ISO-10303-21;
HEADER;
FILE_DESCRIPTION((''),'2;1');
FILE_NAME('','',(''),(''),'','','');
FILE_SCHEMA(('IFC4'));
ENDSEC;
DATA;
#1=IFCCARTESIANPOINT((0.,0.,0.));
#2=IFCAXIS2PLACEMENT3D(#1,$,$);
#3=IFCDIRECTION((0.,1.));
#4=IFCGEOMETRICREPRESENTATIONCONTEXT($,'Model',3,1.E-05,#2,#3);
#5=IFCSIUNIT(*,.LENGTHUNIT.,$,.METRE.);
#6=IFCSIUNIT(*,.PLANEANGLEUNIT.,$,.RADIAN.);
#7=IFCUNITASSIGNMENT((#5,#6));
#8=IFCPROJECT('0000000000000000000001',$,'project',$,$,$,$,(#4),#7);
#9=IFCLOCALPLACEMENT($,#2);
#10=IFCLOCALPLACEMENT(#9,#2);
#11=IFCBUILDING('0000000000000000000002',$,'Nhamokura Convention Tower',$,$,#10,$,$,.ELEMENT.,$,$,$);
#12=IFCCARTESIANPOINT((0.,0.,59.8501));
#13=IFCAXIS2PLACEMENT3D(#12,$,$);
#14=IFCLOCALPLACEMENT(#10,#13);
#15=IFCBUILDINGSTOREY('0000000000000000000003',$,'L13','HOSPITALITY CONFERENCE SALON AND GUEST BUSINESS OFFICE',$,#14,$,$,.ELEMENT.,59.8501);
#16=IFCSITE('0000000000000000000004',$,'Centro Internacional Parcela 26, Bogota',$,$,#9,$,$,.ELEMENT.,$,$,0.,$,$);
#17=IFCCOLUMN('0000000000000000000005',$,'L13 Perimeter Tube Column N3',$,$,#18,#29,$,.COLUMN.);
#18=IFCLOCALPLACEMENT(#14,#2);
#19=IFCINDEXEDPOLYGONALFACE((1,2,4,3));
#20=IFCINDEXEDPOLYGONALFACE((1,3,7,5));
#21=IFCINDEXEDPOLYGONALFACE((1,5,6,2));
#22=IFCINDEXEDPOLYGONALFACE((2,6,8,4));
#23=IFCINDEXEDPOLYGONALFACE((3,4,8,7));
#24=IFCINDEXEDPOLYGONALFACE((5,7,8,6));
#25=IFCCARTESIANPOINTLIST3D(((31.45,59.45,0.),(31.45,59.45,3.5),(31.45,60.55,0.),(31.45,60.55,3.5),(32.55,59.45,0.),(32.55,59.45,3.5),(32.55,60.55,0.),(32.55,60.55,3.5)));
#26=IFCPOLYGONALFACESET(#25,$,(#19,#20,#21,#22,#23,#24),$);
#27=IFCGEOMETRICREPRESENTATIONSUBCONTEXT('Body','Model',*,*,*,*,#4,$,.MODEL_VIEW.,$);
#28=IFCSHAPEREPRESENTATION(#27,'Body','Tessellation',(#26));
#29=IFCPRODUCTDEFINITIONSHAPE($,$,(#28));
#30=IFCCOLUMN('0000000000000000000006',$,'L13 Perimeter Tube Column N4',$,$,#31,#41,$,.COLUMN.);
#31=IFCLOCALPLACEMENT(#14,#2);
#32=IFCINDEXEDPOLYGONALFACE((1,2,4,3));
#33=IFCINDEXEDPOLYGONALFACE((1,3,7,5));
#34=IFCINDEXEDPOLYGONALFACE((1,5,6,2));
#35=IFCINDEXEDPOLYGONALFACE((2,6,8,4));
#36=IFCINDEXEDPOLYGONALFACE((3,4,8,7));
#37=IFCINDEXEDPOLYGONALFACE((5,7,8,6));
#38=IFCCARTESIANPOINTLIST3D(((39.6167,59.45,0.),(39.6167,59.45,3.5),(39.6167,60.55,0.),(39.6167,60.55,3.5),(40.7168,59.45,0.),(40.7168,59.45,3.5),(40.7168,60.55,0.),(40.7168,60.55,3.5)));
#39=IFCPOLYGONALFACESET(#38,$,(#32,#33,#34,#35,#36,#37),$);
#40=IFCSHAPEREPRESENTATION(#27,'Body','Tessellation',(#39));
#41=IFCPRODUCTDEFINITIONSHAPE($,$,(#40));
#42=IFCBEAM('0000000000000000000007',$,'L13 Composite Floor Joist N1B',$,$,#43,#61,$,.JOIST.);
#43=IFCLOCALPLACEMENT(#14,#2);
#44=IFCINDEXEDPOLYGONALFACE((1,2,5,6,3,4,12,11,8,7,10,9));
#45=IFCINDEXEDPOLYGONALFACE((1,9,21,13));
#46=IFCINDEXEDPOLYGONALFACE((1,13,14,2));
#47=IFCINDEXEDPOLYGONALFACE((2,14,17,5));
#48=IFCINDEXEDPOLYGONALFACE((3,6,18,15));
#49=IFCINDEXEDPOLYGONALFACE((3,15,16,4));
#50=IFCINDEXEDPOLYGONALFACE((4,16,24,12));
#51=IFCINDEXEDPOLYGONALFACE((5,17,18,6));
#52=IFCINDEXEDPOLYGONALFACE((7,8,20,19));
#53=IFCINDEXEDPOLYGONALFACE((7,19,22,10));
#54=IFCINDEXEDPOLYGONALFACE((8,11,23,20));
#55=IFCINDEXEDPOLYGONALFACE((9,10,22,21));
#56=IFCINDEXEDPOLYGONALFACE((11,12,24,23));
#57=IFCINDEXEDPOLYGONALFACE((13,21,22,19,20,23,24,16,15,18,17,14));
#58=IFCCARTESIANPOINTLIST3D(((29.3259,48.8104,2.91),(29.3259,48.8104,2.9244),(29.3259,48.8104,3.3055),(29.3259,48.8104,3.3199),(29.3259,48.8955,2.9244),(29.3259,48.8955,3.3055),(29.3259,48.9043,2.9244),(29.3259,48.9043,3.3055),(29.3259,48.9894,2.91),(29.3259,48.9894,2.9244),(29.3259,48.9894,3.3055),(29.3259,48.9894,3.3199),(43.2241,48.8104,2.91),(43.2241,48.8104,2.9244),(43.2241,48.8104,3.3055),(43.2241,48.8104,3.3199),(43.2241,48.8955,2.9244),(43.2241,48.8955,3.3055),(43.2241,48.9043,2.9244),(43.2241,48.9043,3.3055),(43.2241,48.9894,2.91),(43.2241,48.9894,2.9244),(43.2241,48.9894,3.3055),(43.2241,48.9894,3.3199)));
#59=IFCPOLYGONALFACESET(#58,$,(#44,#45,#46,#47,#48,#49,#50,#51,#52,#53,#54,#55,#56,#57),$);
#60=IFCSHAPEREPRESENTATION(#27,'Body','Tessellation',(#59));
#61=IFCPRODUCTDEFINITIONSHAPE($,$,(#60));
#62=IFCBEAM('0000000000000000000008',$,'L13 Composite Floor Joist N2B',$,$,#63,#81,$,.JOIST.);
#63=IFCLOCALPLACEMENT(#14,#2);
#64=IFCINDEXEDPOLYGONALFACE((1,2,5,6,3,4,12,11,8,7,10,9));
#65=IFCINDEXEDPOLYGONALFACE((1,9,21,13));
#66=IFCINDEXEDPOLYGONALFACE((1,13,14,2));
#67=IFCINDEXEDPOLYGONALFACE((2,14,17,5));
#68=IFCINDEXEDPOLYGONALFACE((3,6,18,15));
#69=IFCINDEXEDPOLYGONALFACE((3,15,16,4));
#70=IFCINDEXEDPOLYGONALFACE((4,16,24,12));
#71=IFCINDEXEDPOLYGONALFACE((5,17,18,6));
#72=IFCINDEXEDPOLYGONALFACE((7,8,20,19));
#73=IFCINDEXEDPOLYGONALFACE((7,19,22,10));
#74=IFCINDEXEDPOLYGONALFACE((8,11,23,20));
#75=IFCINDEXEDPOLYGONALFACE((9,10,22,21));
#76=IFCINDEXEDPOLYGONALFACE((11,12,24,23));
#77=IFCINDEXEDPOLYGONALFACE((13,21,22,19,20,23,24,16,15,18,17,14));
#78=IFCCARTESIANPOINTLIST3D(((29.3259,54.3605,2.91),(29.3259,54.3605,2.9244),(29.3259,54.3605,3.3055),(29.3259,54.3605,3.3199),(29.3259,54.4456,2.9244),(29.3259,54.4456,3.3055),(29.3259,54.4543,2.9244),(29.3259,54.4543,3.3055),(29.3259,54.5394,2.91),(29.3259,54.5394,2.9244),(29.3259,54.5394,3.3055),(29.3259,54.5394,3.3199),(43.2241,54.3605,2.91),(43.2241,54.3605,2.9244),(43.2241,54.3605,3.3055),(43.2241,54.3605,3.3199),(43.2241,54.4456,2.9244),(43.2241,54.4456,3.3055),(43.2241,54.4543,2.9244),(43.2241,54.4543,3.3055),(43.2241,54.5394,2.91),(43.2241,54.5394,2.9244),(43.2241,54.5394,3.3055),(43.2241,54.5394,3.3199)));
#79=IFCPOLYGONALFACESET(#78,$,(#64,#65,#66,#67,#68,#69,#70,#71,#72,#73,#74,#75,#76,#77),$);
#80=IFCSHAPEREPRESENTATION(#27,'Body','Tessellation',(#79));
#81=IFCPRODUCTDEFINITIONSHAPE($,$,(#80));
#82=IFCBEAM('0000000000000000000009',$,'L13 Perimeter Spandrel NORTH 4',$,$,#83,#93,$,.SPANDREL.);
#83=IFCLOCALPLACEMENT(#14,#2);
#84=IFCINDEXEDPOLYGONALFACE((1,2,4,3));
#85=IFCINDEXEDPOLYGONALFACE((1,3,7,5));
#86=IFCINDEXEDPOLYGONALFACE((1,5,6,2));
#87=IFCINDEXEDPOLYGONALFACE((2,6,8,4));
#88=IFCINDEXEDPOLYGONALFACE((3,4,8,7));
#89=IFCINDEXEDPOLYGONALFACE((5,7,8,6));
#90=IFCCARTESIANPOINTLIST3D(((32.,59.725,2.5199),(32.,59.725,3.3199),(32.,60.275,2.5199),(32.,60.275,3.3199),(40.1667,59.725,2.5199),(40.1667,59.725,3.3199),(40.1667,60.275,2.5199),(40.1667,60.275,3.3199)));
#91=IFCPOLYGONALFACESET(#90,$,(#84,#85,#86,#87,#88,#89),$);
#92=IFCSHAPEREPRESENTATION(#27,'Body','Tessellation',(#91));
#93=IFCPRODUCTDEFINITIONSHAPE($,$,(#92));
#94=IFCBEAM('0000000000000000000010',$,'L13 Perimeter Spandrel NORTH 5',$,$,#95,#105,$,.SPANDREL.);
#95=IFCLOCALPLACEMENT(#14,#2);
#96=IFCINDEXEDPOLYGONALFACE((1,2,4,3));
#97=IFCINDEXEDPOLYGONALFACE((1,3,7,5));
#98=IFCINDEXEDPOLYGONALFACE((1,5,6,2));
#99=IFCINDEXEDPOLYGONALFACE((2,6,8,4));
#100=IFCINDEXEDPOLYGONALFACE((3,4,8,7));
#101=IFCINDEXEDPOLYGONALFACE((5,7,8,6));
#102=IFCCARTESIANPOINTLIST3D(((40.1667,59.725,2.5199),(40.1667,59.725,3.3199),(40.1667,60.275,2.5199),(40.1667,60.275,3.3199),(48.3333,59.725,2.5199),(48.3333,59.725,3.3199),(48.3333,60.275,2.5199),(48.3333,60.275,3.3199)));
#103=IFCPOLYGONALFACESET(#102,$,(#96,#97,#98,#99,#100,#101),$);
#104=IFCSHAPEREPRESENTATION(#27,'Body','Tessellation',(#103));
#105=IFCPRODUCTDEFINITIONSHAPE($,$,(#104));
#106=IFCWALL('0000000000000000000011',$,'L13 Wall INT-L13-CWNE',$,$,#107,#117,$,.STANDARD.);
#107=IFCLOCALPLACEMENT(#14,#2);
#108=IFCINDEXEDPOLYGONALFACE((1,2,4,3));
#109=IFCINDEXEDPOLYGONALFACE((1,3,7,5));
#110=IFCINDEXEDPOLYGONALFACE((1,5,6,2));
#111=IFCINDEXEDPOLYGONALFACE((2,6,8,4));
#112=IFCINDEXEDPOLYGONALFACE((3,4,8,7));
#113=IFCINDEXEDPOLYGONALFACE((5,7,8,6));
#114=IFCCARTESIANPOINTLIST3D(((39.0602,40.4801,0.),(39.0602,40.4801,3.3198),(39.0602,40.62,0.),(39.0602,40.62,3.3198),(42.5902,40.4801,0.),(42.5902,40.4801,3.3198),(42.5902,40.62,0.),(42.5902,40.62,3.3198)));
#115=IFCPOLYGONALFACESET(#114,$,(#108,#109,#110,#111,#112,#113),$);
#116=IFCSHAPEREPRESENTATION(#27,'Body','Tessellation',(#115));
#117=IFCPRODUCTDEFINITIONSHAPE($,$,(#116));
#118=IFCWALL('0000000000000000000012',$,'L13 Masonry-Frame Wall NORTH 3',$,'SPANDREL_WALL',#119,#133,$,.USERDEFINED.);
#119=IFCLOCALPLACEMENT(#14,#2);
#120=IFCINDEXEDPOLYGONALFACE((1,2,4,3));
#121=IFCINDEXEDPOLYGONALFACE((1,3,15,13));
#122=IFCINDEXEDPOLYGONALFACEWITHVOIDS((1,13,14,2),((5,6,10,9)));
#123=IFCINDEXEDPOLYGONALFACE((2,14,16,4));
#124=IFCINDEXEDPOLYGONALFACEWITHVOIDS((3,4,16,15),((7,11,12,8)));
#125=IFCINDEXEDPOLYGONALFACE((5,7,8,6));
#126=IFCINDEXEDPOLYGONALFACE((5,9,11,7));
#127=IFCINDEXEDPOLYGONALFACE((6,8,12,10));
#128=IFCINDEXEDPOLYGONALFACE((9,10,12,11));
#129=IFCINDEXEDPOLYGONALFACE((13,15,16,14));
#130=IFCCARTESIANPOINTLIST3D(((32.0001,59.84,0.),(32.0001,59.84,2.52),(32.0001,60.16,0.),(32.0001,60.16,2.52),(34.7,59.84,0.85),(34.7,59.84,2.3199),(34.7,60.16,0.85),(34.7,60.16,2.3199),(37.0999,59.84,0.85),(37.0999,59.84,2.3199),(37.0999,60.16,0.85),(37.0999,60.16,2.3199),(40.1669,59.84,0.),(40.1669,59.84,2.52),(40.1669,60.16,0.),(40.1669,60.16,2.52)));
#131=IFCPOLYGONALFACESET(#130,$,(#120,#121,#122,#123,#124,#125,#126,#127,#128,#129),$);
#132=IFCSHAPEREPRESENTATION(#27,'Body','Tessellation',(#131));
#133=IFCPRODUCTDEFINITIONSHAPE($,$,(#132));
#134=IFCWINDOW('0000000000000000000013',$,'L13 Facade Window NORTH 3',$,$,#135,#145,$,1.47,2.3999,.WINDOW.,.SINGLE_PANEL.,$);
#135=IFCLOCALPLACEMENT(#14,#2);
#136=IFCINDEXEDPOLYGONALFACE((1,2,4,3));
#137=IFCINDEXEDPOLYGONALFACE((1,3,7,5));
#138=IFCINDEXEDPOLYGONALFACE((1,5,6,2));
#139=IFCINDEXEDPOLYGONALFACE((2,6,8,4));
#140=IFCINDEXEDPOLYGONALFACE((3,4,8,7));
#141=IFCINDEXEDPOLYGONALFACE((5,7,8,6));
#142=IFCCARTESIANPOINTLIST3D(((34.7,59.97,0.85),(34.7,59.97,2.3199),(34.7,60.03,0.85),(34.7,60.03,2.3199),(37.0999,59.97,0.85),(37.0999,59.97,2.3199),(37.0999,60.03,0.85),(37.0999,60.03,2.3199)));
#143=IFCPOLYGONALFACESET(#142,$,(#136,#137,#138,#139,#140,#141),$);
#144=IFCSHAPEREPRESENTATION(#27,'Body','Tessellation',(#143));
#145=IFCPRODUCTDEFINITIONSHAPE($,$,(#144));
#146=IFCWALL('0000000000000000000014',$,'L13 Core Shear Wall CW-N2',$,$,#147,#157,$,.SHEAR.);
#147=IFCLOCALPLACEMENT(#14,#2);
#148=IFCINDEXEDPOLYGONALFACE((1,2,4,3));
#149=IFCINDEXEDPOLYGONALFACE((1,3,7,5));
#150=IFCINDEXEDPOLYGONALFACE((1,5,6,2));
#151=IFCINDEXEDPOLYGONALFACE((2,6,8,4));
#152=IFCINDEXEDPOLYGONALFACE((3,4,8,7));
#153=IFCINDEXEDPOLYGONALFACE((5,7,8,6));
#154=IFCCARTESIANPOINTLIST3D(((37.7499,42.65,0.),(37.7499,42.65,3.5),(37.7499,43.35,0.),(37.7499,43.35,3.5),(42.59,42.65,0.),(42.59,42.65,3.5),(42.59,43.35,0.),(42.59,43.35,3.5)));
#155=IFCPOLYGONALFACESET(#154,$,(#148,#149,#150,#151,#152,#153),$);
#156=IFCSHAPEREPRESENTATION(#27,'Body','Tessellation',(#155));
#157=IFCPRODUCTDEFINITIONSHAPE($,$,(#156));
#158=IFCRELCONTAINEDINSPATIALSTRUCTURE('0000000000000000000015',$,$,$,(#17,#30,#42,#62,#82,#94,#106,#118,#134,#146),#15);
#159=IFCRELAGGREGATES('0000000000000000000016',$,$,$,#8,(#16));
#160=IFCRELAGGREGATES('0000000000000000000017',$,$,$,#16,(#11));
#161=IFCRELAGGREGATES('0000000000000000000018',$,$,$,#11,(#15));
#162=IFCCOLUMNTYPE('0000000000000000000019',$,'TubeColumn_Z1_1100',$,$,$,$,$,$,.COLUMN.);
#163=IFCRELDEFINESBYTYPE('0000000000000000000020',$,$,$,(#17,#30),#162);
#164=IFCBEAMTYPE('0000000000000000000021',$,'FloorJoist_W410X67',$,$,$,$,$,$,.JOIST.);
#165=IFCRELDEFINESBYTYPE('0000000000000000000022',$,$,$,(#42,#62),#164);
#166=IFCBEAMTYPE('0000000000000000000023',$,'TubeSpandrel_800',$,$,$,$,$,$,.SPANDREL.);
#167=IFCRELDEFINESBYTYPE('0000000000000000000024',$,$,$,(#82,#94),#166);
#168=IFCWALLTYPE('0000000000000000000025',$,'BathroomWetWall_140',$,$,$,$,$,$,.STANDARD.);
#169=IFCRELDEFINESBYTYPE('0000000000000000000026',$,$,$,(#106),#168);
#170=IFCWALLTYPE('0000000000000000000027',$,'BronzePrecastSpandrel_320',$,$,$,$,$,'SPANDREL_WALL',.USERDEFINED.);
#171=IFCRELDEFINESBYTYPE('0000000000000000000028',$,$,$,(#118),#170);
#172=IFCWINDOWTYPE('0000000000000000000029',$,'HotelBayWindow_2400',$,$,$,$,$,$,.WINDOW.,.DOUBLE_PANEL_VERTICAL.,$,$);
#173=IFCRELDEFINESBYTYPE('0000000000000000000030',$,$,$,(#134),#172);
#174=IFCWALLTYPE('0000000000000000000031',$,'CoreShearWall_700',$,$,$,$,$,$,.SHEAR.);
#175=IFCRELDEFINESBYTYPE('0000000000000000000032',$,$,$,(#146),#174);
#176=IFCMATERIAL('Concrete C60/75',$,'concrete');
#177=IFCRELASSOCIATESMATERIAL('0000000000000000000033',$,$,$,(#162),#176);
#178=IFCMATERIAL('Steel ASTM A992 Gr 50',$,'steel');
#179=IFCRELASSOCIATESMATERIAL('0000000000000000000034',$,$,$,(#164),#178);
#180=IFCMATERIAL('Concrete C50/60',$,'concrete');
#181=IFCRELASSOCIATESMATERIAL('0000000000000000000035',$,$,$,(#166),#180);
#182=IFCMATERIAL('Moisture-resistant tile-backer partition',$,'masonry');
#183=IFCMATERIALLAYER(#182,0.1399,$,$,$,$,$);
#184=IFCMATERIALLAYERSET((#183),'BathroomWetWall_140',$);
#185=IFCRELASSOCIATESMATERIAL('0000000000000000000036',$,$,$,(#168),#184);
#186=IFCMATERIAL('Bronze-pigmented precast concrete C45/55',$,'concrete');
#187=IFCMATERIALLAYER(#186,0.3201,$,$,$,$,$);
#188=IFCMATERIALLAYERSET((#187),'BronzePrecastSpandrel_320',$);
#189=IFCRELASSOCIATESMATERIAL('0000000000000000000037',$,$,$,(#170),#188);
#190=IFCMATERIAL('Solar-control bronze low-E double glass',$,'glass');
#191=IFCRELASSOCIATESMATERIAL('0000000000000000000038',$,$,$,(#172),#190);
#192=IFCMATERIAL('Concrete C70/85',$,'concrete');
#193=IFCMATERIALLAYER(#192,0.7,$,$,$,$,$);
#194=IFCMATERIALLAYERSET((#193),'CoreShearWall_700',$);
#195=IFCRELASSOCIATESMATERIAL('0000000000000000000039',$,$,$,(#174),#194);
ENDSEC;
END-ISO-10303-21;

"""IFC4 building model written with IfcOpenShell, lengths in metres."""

from ifc_helpers import new_model, si_unit, direction, frame, frame_2d, origin, origin_2d, place, context, subcontext, project, spatial, rectangle, i_section, extrude, material, layer, layer_set, material_profile, profile_set, type_object, element, fill, save


model = new_model("IFC4")

# Units and contexts
model_context = context("Model", 3, precision=1e-05, world=origin(), true_north=direction((0.0, 1.0)))
body_context = subcontext(model_context, "Body", "Model", "MODEL_VIEW")
ifc_project = project(units=[si_unit("LENGTHUNIT", "METRE"), si_unit("PLANEANGLEUNIT", "RADIAN")], contexts=[model_context])

# Site, building, storey
site_placement = place(None, origin())
site = spatial("IfcSite", under=ifc_project, at=site_placement, Name="Centro Internacional Parcela 26, Bogota", CompositionType="ELEMENT", RefElevation=0.0)
building_placement = place(site_placement, origin())
building = spatial("IfcBuilding", under=site, at=building_placement, Name="Nhamokura Convention Tower", CompositionType="ELEMENT")
storey_placement = place(building_placement, frame((0.0, 0.0, 59.8501)))
storey = spatial("IfcBuildingStorey", under=building, at=storey_placement, Name="L13", Description="HOSPITALITY CONFERENCE SALON AND GUEST BUSINESS OFFICE", CompositionType="ELEMENT", Elevation=59.8501)

# Columns
ifc_material_1 = material(Name="Concrete C60/75", Category="concrete")
ifc_material_profile_1 = material_profile(ifc_material_1, rectangle(XDim=1.1001, YDim=1.1001, at=origin_2d()))
ifc_profile_set_1 = profile_set([ifc_material_profile_1], Name="Concrete C60/75")
column_type = type_object("IfcColumnType", Name="TubeColumn_Z1_1100", PredefinedType="COLUMN", material=ifc_profile_set_1)
for number, where, z_axis, x_axis, name in (
    (1, (32.0, 60.0, 0.0), (0.0, 0.0, 1.0), (1.0, 0.0, 0.0), "L13 Perimeter Tube Column N3"),
    (2, (40.1667, 60.0, 0.0), (0.0, 0.0, 1.0), (1.0, 0.0, 0.0), "L13 Perimeter Tube Column N4"),
):
    element("IfcColumn", number, at=place(storey_placement, frame(where, z_axis=z_axis, x_axis=x_axis)), inside=storey, type_object=column_type, Name=name, PredefinedType="COLUMN", context=body_context, shape_type="SweptSolid", body=[
        extrude(rectangle(XDim=1.1001, YDim=1.1001, at=origin_2d()), origin(), (0.0, 0.0, 1.0), 3.5),
    ])

# Beams
ifc_material_2 = material(Name="Steel ASTM A992 Gr 50", Category="steel")
ifc_material_profile_2 = material_profile(ifc_material_2, i_section(OverallWidth=0.179, OverallDepth=0.4099, WebThickness=0.0088, FlangeThickness=0.0144, at=origin_2d()))
ifc_profile_set_2 = profile_set([ifc_material_profile_2], Name="Steel ASTM A992 Gr 50")
beam_type_1 = type_object("IfcBeamType", Name="FloorJoist_W410X67", PredefinedType="JOIST", material=ifc_profile_set_2)
for number, where, z_axis, x_axis, name in (
    (3, (29.3259, 48.8999, 3.115), (1.0, 0.0, 0.0), (0.0, 1.0, 0.0), "L13 Composite Floor Joist N1B"),
    (4, (29.3259, 54.45, 3.115), (1.0, 0.0, 0.0), (0.0, 1.0, 0.0), "L13 Composite Floor Joist N2B"),
):
    element("IfcBeam", number, at=place(storey_placement, frame(where, z_axis=z_axis, x_axis=x_axis)), inside=storey, type_object=beam_type_1, Name=name, PredefinedType="JOIST", context=body_context, shape_type="SweptSolid", body=[
        extrude(i_section(OverallWidth=0.179, OverallDepth=0.4099, WebThickness=0.0088, FlangeThickness=0.0144, at=origin_2d()), origin(), (0.0, 0.0, 1.0), 13.8982),
    ])
ifc_material_3 = material(Name="Concrete C50/60", Category="concrete")
ifc_material_profile_3 = material_profile(ifc_material_3, rectangle(XDim=0.55, YDim=0.8, at=origin_2d()))
ifc_profile_set_3 = profile_set([ifc_material_profile_3], Name="Concrete C50/60")
beam_type_2 = type_object("IfcBeamType", Name="TubeSpandrel_800", PredefinedType="SPANDREL", material=ifc_profile_set_3)
beam_1_placement = place(storey_placement, frame((32.0, 60.0, 2.9199), z_axis=(1.0, 0.0, 0.0), x_axis=(0.0, 1.0, 0.0)))
element("IfcBeam", 5, at=beam_1_placement, inside=storey, type_object=beam_type_2, Name="L13 Perimeter Spandrel NORTH 4", PredefinedType="SPANDREL", context=body_context, shape_type="SweptSolid", body=[
    extrude(rectangle(XDim=0.55, YDim=0.8, at=origin_2d()), origin(), (0.0, 0.0, 1.0), 8.1667),
])
beam_2_placement = place(storey_placement, frame((40.1667, 60.0, 2.9199), z_axis=(1.0, 0.0, 0.0), x_axis=(0.0, 1.0, 0.0)))
element("IfcBeam", 6, at=beam_2_placement, inside=storey, type_object=beam_type_2, Name="L13 Perimeter Spandrel NORTH 5", PredefinedType="SPANDREL", context=body_context, shape_type="SweptSolid", body=[
    extrude(rectangle(XDim=0.55, YDim=0.8, at=origin_2d()), origin(), (0.0, 0.0, 1.0), 8.1665),
])

# Wall
ifc_material_4 = material(Name="Moisture-resistant tile-backer partition", Category="masonry")
ifc_layer_1 = layer(ifc_material_4, 0.1399)
ifc_layer_set_1 = layer_set([ifc_layer_1], Name="BathroomWetWall_140")
wall_type_1 = type_object("IfcWallType", Name="BathroomWetWall_140", PredefinedType="STANDARD", material=ifc_layer_set_1)
wall_1_placement = place(storey_placement, frame((39.0601, 40.55, 0.0), z_axis=(0.0, 0.0, 1.0), x_axis=(1.0, 0.0, 0.0)))
element("IfcWall", 7, at=wall_1_placement, inside=storey, type_object=wall_type_1, Name="L13 Wall INT-L13-CWNE", PredefinedType="STANDARD", context=body_context, shape_type="SweptSolid", body=[
    extrude(rectangle(XDim=3.53, YDim=0.1399, at=frame_2d((1.7651, 0.0))), origin(), (0.0, 0.0, 1.0), 3.3198),
])

# Wall, opening, window
ifc_material_5 = material(Name="Bronze-pigmented precast concrete C45/55", Category="concrete")
ifc_layer_2 = layer(ifc_material_5, 0.3201)
ifc_layer_set_2 = layer_set([ifc_layer_2], Name="BronzePrecastSpandrel_320")
wall_type_2 = type_object("IfcWallType", Name="BronzePrecastSpandrel_320", ElementType="SPANDREL_WALL", PredefinedType="USERDEFINED", material=ifc_layer_set_2)
wall_2_placement = place(storey_placement, frame((32.0, 60.0, 0.0), z_axis=(0.0, 0.0, 1.0), x_axis=(1.0, 0.0, 0.0)))
wall_2 = element("IfcWall", 8, at=wall_2_placement, inside=storey, type_object=wall_type_2, Name="L13 Masonry-Frame Wall NORTH 3", ObjectType="SPANDREL_WALL", PredefinedType="USERDEFINED", context=body_context, shape_type="SweptSolid", body=[
    extrude(rectangle(XDim=8.1667, YDim=0.3201, at=frame_2d((4.0835, 0.0))), origin(), (0.0, 0.0, 1.0), 2.52),
])
opening_1_placement = place(wall_2_placement, frame((2.7, 0.0, 0.8501)))
opening_1 = element("IfcOpeningElement", 9, at=opening_1_placement, cuts=wall_2, PredefinedType="OPENING", context=body_context, shape_type="SweptSolid", body=[
    extrude(rectangle(XDim=2.3999, YDim=1.47, at=frame_2d((1.2, 0.7349))), frame((0.0, 0.1699, 0.0), z_axis=(0.0, -1.0, 0.0), x_axis=(1.0, 0.0, 0.0)), (0.0, 0.0, 1.0), 0.3401),
])
ifc_material_6 = material(Name="Solar-control bronze low-E double glass", Category="glass")
window_type = type_object("IfcWindowType", Name="HotelBayWindow_2400", PartitioningType="DOUBLE_PANEL_VERTICAL", PredefinedType="WINDOW", material=ifc_material_6)
window_placement = place(opening_1_placement, origin())
window = element("IfcWindow", 10, at=window_placement, inside=storey, type_object=window_type, Name="L13 Facade Window NORTH 3", OverallHeight=1.47, OverallWidth=2.3999, PartitioningType="SINGLE_PANEL", PredefinedType="WINDOW", context=body_context, shape_type="SweptSolid", body=[
    extrude(rectangle(XDim=2.3999, YDim=1.47, at=frame_2d((1.2, 0.7349))), frame((0.0, 0.03, 0.0), z_axis=(0.0, -1.0, 0.0), x_axis=(1.0, 0.0, 0.0)), (0.0, 0.0, 1.0), 0.0601),
])
fill(opening_1, window)

# Wall
ifc_material_7 = material(Name="Concrete C70/85", Category="concrete")
ifc_layer_3 = layer(ifc_material_7, 0.7)
ifc_layer_set_3 = layer_set([ifc_layer_3], Name="CoreShearWall_700")
wall_type_3 = type_object("IfcWallType", Name="CoreShearWall_700", PredefinedType="SHEAR", material=ifc_layer_set_3)
wall_3_placement = place(storey_placement, frame((37.75, 43.0, 0.0), z_axis=(0.0, 0.0, 1.0), x_axis=(1.0, 0.0, 0.0)))
element("IfcWall", 11, at=wall_3_placement, inside=storey, type_object=wall_type_3, Name="L13 Core Shear Wall CW-N2", PredefinedType="SHEAR", context=body_context, shape_type="SweptSolid", body=[
    extrude(rectangle(XDim=4.8401, YDim=0.7, at=frame_2d((2.4199, 0.0))), origin(), (0.0, 0.0, 1.0), 3.5),
])

save(model, "model.ifc")
